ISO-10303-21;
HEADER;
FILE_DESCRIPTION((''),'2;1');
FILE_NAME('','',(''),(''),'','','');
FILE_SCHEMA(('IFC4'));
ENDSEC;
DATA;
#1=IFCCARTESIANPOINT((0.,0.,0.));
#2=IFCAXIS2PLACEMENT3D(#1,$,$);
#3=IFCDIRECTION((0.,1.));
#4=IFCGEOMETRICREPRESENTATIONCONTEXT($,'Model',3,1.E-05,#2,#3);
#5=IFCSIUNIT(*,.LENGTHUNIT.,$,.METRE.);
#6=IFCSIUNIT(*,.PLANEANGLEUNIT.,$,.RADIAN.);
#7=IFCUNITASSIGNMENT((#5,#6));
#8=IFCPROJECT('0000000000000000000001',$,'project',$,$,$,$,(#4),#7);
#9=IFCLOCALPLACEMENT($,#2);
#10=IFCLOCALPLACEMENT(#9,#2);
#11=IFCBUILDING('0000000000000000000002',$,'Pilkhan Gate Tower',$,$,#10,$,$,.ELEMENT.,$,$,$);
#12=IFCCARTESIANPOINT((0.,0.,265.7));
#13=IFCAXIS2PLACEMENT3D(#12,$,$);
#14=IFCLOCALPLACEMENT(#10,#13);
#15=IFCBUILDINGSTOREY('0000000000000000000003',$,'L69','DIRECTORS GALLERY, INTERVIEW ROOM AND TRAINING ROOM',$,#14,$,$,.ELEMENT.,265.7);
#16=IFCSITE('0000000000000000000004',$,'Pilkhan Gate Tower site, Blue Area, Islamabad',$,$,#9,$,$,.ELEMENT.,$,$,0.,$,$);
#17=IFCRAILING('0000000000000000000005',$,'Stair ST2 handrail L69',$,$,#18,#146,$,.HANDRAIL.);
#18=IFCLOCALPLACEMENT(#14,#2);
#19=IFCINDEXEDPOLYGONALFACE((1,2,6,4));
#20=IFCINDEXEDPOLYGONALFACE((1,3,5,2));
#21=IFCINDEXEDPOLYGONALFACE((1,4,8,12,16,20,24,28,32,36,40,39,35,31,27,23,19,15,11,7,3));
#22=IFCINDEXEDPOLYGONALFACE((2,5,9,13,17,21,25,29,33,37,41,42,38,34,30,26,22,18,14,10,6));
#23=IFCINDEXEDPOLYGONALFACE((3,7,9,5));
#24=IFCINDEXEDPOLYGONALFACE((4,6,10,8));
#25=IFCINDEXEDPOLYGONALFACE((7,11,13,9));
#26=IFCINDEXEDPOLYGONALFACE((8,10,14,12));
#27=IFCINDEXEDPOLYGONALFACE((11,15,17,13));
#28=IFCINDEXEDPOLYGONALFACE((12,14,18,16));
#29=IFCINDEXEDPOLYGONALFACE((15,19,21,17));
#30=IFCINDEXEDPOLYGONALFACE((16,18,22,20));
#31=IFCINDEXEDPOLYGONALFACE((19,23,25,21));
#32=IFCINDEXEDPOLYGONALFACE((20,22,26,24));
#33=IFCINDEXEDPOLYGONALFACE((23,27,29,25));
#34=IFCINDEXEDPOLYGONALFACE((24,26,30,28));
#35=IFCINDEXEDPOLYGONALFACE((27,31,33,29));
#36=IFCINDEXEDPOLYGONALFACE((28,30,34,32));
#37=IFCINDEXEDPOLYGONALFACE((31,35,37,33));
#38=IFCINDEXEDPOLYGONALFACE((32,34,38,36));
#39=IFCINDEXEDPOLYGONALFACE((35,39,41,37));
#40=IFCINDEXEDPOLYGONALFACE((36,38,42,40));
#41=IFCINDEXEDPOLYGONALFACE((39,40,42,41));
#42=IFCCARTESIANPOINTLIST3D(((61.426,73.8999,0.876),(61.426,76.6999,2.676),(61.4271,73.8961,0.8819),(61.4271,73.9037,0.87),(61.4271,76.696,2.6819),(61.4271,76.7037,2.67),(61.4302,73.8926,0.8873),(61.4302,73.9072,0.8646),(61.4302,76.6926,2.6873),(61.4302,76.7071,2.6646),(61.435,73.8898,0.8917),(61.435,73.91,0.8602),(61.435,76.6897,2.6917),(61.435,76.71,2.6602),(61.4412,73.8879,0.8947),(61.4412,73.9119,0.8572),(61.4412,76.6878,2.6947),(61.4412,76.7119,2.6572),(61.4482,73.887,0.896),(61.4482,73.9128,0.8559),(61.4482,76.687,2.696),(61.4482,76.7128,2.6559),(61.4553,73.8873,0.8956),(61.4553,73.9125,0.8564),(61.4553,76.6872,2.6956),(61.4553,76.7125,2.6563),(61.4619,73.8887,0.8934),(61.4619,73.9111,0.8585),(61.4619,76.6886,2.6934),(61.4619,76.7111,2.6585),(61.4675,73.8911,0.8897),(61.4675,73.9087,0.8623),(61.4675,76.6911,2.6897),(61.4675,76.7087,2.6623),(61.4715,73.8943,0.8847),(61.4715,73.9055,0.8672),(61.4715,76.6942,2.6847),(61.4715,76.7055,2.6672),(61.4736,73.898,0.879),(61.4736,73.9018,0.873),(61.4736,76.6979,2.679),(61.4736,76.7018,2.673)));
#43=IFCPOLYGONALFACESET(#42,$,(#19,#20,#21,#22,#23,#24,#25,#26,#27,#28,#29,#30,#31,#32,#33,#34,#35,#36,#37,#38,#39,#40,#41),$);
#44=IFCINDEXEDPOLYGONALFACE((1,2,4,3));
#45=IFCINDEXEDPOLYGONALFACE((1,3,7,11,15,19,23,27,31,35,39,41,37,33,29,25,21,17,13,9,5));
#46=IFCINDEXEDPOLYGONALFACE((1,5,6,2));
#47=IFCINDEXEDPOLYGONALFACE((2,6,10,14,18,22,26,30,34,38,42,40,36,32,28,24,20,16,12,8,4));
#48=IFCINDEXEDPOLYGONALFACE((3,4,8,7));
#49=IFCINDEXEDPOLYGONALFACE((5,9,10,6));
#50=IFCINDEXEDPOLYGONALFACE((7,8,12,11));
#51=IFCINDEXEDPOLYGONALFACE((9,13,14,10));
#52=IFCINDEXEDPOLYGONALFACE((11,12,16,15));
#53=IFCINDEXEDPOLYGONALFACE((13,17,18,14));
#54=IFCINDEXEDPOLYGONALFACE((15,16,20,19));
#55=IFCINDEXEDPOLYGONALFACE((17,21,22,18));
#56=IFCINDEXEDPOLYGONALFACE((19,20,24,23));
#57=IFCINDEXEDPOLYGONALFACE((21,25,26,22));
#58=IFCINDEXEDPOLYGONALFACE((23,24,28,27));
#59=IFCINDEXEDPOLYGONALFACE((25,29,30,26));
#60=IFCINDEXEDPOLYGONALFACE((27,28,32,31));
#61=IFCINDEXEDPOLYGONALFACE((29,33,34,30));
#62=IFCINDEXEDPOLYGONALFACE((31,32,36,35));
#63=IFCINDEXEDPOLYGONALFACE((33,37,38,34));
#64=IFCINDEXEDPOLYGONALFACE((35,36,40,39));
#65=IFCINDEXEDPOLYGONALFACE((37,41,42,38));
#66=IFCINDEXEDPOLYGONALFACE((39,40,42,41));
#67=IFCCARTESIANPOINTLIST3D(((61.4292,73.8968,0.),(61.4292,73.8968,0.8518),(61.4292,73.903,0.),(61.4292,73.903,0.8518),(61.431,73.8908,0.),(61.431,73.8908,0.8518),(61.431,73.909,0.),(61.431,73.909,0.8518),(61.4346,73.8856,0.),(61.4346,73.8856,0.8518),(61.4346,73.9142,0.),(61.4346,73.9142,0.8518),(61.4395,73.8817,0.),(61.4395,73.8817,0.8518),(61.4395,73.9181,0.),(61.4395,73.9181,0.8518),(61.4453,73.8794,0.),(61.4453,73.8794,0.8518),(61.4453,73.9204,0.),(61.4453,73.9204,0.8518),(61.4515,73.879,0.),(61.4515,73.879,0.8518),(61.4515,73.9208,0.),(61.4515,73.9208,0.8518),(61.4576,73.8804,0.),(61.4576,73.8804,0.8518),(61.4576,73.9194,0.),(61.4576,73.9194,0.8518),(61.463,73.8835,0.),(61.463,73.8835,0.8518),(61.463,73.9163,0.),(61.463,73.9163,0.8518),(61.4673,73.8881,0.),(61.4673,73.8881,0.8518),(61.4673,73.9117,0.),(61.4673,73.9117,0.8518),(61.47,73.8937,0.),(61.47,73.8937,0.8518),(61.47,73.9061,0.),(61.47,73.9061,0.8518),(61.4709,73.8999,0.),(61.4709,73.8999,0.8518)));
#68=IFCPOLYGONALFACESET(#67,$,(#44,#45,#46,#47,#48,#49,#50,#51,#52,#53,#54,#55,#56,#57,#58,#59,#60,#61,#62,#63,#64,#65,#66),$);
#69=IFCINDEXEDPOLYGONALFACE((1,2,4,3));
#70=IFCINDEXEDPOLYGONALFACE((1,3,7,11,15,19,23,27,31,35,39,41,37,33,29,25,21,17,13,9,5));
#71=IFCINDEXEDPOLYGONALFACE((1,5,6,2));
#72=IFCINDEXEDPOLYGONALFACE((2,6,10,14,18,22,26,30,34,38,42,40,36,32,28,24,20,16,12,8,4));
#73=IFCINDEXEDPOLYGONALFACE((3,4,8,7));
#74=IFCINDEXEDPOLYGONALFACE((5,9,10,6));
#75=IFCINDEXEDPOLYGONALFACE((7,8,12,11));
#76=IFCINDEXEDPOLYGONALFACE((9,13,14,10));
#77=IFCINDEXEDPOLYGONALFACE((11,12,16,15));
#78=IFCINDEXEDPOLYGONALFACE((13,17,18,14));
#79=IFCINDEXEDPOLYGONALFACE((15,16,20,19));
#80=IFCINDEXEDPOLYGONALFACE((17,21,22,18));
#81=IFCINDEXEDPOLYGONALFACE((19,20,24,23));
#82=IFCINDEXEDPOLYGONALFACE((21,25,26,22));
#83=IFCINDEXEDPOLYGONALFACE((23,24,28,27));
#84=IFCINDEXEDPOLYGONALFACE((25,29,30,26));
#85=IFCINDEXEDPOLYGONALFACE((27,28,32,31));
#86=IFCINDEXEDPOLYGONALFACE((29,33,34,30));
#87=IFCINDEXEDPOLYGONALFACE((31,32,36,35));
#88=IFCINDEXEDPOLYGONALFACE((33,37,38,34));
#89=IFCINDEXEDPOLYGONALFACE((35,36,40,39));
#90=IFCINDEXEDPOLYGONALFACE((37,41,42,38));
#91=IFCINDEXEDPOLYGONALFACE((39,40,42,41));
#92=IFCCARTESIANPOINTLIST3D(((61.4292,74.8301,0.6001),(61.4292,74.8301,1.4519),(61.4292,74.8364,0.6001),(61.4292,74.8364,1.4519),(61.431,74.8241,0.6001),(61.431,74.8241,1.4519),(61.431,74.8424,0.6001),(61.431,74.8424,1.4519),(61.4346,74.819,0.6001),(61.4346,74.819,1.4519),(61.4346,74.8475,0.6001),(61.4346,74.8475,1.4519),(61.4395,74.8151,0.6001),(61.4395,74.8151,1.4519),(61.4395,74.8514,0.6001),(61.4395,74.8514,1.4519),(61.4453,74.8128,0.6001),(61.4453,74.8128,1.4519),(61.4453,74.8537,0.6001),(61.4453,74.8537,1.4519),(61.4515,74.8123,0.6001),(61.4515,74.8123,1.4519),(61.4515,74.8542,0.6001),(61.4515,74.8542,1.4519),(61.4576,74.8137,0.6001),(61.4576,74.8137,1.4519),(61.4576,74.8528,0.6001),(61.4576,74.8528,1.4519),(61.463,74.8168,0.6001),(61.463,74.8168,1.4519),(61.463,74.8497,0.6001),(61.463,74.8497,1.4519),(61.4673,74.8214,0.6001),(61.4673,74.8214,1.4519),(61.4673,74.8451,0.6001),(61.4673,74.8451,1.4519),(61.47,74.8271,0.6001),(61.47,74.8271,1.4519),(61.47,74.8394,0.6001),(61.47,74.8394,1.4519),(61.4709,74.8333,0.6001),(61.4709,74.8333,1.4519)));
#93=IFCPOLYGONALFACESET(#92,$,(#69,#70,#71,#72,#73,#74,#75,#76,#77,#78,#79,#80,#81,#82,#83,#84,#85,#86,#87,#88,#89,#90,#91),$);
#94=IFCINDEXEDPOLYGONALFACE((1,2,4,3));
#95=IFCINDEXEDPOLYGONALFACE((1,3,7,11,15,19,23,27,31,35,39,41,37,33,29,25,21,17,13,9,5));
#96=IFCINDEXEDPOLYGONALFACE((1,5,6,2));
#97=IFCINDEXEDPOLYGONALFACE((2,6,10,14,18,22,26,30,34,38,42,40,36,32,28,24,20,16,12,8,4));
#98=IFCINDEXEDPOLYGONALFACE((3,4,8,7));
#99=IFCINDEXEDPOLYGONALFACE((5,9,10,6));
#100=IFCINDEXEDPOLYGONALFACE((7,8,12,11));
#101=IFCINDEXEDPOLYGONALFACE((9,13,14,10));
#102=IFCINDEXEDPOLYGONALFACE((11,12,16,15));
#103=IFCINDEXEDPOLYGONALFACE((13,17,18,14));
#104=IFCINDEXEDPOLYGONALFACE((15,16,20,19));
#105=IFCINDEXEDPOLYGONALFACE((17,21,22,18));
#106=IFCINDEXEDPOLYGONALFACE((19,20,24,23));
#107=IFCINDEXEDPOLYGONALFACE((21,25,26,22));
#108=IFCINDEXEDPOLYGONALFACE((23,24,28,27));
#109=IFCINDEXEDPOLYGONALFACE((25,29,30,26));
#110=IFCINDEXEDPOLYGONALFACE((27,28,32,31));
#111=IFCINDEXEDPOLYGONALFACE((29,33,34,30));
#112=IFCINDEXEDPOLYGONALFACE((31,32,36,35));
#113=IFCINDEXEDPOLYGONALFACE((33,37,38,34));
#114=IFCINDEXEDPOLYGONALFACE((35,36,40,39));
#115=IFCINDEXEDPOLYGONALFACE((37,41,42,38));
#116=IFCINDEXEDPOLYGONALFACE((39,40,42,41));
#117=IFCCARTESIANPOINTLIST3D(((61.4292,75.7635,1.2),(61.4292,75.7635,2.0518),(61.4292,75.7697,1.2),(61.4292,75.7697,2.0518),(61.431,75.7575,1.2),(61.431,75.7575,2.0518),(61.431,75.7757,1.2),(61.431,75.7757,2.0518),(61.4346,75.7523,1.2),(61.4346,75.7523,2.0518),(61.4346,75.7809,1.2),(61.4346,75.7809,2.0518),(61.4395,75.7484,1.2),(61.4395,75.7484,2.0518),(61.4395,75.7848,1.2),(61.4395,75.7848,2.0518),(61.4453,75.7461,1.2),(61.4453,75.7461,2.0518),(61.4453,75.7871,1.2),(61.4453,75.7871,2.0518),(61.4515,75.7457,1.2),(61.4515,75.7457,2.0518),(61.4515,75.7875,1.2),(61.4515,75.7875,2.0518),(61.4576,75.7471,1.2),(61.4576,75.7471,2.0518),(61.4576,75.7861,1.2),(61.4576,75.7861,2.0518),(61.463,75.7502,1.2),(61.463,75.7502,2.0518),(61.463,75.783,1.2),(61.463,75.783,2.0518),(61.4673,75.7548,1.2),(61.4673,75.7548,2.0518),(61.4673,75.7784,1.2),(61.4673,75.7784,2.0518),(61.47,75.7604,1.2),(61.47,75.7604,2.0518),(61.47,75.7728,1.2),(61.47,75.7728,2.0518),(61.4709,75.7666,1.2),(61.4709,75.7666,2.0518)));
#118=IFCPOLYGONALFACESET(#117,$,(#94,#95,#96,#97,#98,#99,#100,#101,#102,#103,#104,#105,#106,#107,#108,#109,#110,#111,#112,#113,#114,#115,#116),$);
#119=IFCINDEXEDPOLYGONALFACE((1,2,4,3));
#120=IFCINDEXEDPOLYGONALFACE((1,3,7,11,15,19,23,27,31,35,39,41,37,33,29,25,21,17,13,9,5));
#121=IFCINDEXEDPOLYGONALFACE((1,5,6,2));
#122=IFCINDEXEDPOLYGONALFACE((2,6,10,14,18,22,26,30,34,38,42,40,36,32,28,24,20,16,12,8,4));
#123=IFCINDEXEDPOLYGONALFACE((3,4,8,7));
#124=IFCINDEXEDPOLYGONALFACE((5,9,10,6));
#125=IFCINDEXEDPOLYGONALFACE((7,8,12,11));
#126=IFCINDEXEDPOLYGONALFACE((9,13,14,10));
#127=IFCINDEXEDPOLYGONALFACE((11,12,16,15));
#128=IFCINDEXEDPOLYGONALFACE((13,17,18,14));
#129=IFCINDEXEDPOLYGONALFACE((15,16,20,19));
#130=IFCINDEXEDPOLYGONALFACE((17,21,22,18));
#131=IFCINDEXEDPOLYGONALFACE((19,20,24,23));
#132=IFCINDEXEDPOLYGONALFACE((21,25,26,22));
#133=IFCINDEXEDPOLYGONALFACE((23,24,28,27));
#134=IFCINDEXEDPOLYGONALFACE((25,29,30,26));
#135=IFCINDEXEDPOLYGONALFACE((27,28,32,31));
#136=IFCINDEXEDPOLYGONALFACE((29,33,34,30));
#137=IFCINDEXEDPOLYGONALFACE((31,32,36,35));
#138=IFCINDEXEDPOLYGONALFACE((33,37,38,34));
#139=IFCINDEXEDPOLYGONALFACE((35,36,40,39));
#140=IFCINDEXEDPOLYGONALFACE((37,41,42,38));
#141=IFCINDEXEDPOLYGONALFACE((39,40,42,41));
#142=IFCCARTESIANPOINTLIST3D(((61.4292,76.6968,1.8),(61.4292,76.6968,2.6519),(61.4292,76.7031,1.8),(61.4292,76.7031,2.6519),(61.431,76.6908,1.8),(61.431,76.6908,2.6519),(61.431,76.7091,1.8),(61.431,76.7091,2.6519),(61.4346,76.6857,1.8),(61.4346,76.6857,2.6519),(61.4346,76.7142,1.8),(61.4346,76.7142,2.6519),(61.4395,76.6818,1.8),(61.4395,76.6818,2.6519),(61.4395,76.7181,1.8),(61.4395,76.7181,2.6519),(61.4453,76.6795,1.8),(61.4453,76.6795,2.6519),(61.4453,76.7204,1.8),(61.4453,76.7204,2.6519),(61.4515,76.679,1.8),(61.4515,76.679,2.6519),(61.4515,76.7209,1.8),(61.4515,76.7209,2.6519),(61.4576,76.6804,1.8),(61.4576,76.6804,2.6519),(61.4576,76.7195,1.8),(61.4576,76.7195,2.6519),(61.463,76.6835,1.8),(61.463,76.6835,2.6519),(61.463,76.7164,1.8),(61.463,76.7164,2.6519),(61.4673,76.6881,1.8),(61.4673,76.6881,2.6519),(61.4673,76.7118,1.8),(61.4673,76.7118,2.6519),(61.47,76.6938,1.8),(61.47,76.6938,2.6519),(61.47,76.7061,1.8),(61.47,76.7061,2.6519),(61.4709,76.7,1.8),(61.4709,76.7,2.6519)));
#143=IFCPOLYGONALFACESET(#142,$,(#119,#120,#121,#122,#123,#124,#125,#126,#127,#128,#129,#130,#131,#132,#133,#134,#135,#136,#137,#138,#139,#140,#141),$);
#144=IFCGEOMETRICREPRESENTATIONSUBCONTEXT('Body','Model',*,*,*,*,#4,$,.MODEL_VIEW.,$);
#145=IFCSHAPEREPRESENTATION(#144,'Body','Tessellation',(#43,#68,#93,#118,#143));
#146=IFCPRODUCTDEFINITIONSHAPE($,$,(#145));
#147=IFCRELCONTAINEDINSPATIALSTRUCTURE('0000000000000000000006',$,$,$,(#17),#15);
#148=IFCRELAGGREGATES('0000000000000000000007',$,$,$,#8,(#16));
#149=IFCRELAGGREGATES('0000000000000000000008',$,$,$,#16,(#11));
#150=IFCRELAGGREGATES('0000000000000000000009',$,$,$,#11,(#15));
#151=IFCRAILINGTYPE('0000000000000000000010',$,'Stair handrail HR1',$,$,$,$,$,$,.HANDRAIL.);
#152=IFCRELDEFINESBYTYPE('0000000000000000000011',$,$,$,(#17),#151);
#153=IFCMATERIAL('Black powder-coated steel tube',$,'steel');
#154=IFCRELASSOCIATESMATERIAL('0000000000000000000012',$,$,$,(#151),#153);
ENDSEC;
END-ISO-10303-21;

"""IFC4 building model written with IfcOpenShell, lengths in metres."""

from ifc_helpers import new_model, si_unit, direction, frame, origin, origin_2d, place, context, subcontext, project, spatial, circle, extrude, material, type_object, element, save


model = new_model("IFC4")

# Units and contexts
model_context = context("Model", 3, precision=1e-05, world=origin(), true_north=direction((0.0, 1.0)))
body_context = subcontext(model_context, "Body", "Model", "MODEL_VIEW")
ifc_project = project(units=[si_unit("LENGTHUNIT", "METRE"), si_unit("PLANEANGLEUNIT", "RADIAN")], contexts=[model_context])

# Site, building, storey
site_placement = place(None, origin())
site = spatial("IfcSite", under=ifc_project, at=site_placement, Name="Pilkhan Gate Tower site, Blue Area, Islamabad", CompositionType="ELEMENT", RefElevation=0.0)
building_placement = place(site_placement, origin())
building = spatial("IfcBuilding", under=site, at=building_placement, Name="Pilkhan Gate Tower", CompositionType="ELEMENT")
storey_placement = place(building_placement, frame((0.0, 0.0, 265.7)))
storey = spatial("IfcBuildingStorey", under=building, at=storey_placement, Name="L69", Description="DIRECTORS GALLERY, INTERVIEW ROOM AND TRAINING ROOM", CompositionType="ELEMENT", Elevation=265.7)

# Railing
ifc_material_1 = material(Name="Black powder-coated steel tube", Category="steel")
railing_type_1 = type_object("IfcRailingType", Name="Stair handrail HR1", PredefinedType="HANDRAIL", material=ifc_material_1)
railing_1_placement = place(storey_placement, frame((61.45, 73.8999, 0.0)))
element("IfcRailing", 1, at=railing_1_placement, inside=storey, type_object=railing_type_1, Name="Stair ST2 handrail L69", PredefinedType="HANDRAIL", context=body_context, shape_type="SweptSolid", body=[
    extrude(circle(Radius=0.0239, at=origin_2d()), frame((0.0, 0.0, 0.876), z_axis=(0.0, 0.841176, 0.540761), x_axis=(-1.0, 0.0, 0.0)), (0.0, 0.0, 1.0), 3.3286),
    extrude(circle(Radius=0.021, at=origin_2d()), origin(), (0.0, 0.0, 1.0), 0.8518),
    extrude(circle(Radius=0.021, at=origin_2d()), frame((0.0, 0.9333, 0.6001)), (0.0, 0.0, 1.0), 0.8518),
    extrude(circle(Radius=0.021, at=origin_2d()), frame((0.0, 1.8667, 1.2)), (0.0, 0.0, 1.0), 0.8518),
    extrude(circle(Radius=0.021, at=origin_2d()), frame((0.0, 2.8, 1.8)), (0.0, 0.0, 1.0), 0.8518),
])

save(model, "model.ifc")
